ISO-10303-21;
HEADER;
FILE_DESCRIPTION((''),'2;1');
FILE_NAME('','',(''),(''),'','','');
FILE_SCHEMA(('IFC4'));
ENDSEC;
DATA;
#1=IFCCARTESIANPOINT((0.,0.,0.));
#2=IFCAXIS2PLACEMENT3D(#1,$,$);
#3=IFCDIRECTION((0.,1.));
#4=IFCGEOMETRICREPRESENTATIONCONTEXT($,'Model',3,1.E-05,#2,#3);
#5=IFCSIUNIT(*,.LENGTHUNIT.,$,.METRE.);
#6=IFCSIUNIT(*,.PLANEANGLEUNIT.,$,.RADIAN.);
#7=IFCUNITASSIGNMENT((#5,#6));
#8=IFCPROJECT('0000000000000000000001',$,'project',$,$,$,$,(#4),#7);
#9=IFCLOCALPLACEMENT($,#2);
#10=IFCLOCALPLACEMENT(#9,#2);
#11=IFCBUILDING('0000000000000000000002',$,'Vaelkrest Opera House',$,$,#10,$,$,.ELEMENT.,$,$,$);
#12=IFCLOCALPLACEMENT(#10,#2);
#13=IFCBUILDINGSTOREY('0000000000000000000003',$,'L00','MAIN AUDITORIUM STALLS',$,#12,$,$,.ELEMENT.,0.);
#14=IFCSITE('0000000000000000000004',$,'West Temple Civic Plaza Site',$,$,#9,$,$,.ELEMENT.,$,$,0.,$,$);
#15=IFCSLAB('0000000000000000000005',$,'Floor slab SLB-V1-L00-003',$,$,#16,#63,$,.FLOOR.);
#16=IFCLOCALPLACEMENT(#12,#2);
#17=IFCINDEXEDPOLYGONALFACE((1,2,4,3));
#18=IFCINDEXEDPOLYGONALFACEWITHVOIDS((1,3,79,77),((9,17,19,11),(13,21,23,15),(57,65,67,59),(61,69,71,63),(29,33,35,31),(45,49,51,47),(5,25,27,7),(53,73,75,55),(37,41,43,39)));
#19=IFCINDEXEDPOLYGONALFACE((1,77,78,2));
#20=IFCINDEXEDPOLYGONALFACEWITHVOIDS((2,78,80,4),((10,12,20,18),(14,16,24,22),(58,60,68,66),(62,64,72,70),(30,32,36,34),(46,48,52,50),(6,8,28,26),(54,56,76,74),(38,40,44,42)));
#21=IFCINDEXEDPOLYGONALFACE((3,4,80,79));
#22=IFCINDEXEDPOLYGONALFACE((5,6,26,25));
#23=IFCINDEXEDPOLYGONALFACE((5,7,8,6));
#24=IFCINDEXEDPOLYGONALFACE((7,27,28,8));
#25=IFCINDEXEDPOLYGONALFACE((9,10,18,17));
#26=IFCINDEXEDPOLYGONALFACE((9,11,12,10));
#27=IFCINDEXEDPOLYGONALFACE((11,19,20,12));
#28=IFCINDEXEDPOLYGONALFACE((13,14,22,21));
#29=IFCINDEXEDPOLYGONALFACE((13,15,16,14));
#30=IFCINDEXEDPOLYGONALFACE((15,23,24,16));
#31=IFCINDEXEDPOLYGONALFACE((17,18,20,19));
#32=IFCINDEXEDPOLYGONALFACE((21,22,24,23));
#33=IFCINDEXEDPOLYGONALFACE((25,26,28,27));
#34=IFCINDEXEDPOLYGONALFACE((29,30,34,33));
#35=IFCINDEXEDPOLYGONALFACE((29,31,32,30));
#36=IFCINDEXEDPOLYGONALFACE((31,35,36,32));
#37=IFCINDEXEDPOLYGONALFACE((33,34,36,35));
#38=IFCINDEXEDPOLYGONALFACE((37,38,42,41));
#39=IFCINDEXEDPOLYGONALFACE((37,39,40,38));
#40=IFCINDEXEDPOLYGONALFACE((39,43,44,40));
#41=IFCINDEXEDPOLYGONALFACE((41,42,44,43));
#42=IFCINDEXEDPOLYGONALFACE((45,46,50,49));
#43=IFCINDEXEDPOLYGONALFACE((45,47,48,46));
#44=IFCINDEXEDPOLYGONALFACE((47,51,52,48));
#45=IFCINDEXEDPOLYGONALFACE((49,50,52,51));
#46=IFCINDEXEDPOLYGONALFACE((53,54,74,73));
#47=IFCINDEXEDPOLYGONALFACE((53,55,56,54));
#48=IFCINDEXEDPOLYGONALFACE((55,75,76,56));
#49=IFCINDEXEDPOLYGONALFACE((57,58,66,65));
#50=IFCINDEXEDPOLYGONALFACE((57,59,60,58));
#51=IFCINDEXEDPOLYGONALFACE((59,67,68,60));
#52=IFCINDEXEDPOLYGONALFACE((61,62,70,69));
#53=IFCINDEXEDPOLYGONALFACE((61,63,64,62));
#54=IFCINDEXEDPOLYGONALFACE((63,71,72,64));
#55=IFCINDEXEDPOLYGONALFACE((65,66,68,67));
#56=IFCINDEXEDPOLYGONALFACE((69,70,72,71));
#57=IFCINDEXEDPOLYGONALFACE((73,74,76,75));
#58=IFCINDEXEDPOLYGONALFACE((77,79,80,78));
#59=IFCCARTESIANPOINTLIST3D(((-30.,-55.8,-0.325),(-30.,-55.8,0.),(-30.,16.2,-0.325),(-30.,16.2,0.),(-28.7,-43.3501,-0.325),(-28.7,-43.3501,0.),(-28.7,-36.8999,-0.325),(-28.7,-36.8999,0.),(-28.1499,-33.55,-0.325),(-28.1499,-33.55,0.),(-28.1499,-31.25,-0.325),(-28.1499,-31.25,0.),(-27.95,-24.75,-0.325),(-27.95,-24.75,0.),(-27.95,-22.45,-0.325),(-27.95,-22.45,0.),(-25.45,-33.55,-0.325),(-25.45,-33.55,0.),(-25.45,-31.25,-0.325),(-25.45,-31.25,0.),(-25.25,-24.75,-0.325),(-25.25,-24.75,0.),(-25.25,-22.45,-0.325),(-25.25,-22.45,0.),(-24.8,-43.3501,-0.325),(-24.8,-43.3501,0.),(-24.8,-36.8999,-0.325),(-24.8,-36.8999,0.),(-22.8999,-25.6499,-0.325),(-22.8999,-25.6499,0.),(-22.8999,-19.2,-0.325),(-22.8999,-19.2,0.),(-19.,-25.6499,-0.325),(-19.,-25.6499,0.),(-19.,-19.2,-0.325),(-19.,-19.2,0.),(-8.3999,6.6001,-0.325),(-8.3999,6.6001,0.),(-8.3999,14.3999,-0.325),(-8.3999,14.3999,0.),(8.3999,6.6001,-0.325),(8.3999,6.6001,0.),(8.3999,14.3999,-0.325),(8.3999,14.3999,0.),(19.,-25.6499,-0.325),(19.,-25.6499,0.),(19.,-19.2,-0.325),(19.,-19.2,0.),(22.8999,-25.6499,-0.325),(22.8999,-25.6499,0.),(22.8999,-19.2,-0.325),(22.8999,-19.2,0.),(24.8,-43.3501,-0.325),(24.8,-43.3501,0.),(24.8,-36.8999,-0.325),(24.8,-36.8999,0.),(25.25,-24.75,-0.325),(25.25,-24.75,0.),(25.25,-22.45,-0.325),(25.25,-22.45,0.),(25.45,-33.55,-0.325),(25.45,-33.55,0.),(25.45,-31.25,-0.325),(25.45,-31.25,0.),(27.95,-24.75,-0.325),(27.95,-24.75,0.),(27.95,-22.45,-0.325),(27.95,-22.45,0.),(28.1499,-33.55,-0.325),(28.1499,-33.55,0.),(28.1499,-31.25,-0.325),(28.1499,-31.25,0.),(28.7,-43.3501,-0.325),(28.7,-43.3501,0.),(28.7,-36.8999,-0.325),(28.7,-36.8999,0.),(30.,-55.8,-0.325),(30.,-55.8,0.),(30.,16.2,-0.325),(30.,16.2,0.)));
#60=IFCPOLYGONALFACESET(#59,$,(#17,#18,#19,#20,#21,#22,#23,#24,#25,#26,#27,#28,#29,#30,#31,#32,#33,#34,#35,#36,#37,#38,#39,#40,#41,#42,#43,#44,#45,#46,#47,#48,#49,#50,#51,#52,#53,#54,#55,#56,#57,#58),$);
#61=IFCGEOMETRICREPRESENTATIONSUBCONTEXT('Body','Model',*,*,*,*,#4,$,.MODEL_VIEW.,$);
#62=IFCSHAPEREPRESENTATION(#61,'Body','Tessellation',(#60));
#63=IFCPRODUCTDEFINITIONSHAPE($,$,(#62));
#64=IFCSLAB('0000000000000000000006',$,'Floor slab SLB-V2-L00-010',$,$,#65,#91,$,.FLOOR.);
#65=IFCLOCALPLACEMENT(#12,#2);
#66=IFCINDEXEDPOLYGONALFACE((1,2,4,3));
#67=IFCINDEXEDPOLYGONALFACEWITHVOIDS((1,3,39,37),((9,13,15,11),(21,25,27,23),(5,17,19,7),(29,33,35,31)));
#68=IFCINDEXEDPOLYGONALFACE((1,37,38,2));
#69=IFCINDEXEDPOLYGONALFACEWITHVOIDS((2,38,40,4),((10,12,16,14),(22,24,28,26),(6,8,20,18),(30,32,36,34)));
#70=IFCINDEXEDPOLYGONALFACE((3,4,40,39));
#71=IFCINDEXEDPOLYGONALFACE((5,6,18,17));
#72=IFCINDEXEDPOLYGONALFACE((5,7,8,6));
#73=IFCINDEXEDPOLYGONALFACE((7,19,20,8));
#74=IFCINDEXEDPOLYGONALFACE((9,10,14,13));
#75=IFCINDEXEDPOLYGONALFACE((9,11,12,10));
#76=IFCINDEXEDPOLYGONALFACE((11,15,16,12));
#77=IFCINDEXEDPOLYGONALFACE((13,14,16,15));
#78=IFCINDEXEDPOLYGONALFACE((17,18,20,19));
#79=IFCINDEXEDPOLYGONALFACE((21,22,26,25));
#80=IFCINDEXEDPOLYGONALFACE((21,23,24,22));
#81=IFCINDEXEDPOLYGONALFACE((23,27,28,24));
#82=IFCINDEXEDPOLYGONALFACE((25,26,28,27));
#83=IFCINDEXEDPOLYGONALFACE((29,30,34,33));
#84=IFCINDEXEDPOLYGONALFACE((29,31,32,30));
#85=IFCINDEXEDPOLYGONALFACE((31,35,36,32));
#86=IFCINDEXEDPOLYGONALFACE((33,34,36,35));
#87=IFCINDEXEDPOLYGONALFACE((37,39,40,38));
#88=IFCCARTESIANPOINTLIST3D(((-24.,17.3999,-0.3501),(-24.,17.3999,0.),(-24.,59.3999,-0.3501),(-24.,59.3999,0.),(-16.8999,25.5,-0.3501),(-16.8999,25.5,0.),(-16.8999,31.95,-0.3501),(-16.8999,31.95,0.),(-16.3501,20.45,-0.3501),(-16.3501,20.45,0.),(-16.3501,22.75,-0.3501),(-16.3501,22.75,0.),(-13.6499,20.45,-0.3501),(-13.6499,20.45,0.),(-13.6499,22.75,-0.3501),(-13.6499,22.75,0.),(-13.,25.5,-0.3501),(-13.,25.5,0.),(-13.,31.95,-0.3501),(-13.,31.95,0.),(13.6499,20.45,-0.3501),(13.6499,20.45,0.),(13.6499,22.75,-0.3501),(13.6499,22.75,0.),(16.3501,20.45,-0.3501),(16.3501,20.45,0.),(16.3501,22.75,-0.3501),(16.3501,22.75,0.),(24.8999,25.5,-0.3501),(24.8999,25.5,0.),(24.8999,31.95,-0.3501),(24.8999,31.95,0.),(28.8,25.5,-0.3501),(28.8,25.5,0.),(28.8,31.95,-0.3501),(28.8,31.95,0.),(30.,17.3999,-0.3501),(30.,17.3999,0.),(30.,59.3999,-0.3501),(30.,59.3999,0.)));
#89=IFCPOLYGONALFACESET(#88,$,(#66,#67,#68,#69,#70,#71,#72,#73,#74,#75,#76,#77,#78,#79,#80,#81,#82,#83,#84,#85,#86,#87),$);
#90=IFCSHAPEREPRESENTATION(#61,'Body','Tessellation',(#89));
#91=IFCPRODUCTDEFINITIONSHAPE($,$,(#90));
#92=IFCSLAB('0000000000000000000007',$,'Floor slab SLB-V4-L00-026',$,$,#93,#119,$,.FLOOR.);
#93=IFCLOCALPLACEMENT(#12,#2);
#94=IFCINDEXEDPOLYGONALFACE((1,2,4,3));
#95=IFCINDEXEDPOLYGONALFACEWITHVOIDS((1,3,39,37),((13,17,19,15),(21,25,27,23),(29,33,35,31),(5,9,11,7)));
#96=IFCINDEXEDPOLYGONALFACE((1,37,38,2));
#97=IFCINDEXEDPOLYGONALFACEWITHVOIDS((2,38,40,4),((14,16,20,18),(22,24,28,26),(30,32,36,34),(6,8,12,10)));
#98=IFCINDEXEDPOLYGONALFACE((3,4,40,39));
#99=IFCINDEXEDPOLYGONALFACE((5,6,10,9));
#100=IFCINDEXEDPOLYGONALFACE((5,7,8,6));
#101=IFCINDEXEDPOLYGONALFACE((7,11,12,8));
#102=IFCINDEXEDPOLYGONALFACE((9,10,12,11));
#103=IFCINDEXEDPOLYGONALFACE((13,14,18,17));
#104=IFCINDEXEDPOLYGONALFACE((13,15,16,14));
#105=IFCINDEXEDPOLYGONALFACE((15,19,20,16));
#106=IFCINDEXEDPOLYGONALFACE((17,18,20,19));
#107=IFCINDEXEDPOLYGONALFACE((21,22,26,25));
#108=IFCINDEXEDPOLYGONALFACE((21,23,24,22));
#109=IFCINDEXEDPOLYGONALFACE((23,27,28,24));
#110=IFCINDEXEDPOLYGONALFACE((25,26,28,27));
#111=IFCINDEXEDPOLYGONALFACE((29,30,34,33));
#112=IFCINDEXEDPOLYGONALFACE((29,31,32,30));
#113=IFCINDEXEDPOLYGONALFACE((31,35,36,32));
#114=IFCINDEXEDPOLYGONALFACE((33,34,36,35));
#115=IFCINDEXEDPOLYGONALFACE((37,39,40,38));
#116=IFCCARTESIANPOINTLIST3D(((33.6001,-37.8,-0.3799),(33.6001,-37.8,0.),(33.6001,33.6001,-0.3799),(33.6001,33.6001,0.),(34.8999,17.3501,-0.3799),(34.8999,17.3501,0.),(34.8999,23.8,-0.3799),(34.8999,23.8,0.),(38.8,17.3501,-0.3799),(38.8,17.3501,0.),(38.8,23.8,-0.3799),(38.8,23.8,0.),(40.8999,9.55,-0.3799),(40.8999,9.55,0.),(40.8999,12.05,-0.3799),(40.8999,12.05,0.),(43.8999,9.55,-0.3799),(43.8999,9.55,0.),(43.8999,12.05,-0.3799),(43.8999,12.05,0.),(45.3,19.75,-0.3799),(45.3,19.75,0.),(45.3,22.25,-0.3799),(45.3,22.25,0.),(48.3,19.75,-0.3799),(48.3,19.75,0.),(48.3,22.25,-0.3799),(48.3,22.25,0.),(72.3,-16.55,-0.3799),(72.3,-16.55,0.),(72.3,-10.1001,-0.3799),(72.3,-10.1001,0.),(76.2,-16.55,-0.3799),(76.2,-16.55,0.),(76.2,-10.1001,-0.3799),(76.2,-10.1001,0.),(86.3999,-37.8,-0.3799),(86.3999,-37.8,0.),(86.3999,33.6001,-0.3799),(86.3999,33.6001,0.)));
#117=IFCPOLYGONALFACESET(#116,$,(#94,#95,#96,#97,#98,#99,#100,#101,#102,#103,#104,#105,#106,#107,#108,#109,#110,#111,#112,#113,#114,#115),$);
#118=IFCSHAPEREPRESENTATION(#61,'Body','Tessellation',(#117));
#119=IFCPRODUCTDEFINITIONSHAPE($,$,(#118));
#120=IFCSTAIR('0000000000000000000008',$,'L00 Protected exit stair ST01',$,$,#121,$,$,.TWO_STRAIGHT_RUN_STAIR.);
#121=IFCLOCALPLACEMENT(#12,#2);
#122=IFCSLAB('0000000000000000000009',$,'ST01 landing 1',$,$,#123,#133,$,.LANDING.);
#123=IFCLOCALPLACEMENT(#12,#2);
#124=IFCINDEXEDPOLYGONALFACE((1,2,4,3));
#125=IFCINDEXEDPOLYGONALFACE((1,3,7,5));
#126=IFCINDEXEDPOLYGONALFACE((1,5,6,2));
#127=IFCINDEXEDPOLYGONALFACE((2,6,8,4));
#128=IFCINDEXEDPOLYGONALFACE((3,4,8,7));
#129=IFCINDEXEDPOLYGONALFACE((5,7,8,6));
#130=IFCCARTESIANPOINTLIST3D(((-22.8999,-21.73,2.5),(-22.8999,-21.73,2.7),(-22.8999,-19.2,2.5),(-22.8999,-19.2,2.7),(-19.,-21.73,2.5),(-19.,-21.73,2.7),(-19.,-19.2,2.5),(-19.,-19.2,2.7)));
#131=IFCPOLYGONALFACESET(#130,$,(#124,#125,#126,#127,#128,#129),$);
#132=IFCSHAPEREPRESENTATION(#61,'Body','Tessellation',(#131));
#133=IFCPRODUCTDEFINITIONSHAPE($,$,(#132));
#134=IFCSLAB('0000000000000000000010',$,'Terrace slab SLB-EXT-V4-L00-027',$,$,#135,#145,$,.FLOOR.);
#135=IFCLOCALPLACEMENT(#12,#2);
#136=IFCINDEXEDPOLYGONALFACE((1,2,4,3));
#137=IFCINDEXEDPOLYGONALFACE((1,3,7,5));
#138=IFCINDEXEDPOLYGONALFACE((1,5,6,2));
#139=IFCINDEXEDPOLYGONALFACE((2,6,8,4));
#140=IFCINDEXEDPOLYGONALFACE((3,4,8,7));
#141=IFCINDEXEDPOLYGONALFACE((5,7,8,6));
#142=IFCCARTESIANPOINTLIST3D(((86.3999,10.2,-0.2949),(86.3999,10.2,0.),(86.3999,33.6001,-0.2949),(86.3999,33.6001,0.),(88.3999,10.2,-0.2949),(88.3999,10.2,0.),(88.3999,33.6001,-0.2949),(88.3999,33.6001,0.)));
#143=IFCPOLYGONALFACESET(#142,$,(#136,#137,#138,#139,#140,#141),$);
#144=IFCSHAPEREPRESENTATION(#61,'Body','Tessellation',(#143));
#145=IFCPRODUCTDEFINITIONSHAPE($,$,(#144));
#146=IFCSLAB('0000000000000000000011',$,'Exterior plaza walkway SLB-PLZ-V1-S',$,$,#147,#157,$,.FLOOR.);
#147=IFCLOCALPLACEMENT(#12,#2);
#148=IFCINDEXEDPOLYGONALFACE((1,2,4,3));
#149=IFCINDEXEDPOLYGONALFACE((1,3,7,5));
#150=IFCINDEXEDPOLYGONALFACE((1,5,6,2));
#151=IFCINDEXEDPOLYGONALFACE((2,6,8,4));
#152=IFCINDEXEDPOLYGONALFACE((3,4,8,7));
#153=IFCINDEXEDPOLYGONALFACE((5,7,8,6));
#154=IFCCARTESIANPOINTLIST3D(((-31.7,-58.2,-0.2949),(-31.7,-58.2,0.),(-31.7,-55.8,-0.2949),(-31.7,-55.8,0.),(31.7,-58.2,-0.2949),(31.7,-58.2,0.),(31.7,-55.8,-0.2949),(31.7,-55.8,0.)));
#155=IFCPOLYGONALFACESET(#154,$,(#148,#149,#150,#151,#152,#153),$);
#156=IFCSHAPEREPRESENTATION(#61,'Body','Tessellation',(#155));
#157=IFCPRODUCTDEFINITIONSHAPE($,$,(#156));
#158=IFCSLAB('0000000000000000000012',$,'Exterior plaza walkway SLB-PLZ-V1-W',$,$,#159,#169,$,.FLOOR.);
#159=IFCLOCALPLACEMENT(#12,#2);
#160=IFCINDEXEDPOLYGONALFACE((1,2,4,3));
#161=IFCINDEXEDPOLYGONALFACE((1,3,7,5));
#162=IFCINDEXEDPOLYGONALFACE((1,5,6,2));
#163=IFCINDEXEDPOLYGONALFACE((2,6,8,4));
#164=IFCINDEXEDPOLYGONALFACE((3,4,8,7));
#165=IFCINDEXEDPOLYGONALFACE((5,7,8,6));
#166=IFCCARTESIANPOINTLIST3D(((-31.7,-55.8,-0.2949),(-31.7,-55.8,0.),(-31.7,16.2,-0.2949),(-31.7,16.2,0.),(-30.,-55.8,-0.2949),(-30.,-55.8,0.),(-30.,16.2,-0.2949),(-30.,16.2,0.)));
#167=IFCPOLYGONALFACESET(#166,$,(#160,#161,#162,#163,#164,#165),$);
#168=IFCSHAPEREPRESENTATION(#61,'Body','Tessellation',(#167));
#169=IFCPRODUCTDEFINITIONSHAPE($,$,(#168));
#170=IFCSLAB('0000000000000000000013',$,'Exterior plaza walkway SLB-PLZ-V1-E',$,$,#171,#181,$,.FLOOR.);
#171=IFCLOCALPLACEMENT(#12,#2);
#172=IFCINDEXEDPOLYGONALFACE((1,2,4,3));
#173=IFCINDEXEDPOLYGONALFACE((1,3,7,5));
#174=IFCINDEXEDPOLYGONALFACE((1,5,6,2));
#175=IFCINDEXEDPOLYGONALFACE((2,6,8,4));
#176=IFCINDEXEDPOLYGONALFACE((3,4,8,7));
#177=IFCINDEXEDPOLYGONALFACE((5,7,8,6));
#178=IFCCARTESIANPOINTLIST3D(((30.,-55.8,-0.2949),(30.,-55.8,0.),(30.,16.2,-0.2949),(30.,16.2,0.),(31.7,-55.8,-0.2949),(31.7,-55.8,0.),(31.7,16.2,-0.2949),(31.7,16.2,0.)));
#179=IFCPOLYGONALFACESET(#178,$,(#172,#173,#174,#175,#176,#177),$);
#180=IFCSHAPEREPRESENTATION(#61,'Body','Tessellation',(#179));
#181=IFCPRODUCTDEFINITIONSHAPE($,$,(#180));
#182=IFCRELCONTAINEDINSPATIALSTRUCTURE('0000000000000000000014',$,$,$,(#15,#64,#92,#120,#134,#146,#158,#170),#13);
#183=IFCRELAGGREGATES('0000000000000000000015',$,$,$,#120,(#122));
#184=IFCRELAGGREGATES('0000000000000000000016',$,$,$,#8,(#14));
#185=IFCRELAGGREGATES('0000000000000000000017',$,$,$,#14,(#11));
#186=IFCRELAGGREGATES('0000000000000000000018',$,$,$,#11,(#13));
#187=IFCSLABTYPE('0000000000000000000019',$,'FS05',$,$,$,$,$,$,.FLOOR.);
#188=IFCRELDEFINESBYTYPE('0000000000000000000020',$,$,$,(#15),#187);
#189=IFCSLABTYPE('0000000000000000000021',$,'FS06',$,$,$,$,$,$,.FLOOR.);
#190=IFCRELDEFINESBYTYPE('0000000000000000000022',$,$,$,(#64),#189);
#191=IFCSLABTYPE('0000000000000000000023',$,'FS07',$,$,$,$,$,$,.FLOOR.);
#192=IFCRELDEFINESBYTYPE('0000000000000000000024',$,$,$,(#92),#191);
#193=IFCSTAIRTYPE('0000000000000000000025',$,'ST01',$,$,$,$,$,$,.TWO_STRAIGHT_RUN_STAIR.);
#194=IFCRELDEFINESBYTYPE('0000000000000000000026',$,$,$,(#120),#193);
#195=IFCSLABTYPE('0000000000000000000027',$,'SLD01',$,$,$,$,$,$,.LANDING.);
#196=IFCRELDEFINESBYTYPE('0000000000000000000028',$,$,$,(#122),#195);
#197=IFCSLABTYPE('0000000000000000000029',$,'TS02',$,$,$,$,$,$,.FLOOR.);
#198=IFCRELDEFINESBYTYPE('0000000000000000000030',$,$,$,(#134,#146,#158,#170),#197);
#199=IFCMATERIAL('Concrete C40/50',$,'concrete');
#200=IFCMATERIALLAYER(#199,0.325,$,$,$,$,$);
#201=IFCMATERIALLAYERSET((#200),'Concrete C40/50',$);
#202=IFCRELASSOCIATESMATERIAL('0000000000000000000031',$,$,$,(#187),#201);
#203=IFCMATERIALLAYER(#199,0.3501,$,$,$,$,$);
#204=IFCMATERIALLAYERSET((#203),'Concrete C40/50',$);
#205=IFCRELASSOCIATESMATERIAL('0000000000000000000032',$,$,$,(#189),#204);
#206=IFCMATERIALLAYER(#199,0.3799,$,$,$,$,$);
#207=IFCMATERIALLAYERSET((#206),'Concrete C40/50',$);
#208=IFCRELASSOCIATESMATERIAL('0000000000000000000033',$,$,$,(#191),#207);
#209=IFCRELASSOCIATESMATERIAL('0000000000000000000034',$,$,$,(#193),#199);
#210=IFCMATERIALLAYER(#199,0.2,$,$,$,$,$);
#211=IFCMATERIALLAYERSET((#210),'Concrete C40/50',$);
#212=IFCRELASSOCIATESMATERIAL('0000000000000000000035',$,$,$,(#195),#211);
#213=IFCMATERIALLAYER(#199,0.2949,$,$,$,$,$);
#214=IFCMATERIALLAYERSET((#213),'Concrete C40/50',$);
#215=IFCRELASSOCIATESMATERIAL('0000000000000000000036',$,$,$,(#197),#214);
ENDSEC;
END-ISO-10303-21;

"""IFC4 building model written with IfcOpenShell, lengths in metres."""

from ifc_helpers import new_model, si_unit, direction, frame, origin, place, context, subcontext, project, spatial, polyline, outline, extrude, material, layer, layer_set, type_object, element, aggregate, save


model = new_model("IFC4")

# Units and contexts
model_context = context("Model", 3, precision=1e-05, world=origin(), true_north=direction((0.0, 1.0)))
body_context = subcontext(model_context, "Body", "Model", "MODEL_VIEW")
ifc_project = project(units=[si_unit("LENGTHUNIT", "METRE"), si_unit("PLANEANGLEUNIT", "RADIAN")], contexts=[model_context])

# Site, building, storey
site_placement = place(None, origin())
site = spatial("IfcSite", under=ifc_project, at=site_placement, Name="West Temple Civic Plaza Site", CompositionType="ELEMENT", RefElevation=0.0)
building_placement = place(site_placement, origin())
building = spatial("IfcBuilding", under=site, at=building_placement, Name="Vaelkrest Opera House", CompositionType="ELEMENT")
storey_placement = place(building_placement, origin())
storey = spatial("IfcBuildingStorey", under=building, at=storey_placement, Name="L00", Description="MAIN AUDITORIUM STALLS", CompositionType="ELEMENT", Elevation=0.0)

# Slabs
ifc_material_1 = material(Name="Concrete C40/50", Category="concrete")
ifc_layer_1 = layer(ifc_material_1, 0.325)
ifc_layer_set_1 = layer_set([ifc_layer_1], Name="Concrete C40/50")
slab_type_1 = type_object("IfcSlabType", Name="FS05", PredefinedType="FLOOR", material=ifc_layer_set_1)
slab_1_placement = place(storey_placement, frame((0.0, 0.0, -0.325)))
element("IfcSlab", 1, at=slab_1_placement, inside=storey, type_object=slab_type_1, Name="Floor slab SLB-V1-L00-003", PredefinedType="FLOOR", context=body_context, shape_type="SweptSolid", body=[
    extrude(outline(polyline([(-30.0, -55.8), (30.0, -55.8), (30.0, 16.2), (-30.0, 16.2), (-30.0, -55.8)]), holes=[polyline([(-8.3999, 6.6001), (8.3999, 6.6001), (8.3999, 14.3999), (-8.3999, 14.3999), (-8.3999, 6.6001)]), polyline([(-19.0, -25.6499), (-19.0, -19.2), (-22.8999, -19.2), (-22.8999, -25.6499), (-19.0, -25.6499)]), polyline([(22.8999, -25.6499), (22.8999, -19.2), (19.0, -19.2), (19.0, -25.6499), (22.8999, -25.6499)]), polyline([(-24.8, -43.3501), (-24.8, -36.8999), (-28.7, -36.8999), (-28.7, -43.3501), (-24.8, -43.3501)]), polyline([(28.7, -43.3501), (28.7, -36.8999), (24.8, -36.8999), (24.8, -43.3501), (28.7, -43.3501)]), polyline([(-27.95, -24.75), (-25.25, -24.75), (-25.25, -22.45), (-27.95, -22.45), (-27.95, -24.75)]), polyline([(25.25, -24.75), (27.95, -24.75), (27.95, -22.45), (25.25, -22.45), (25.25, -24.75)]), polyline([(-28.1499, -33.55), (-25.45, -33.55), (-25.45, -31.25), (-28.1499, -31.25), (-28.1499, -33.55)]), polyline([(25.45, -33.55), (28.1499, -33.55), (28.1499, -31.25), (25.45, -31.25), (25.45, -33.55)])]), origin(), (0.0, 0.0, 1.0), 0.325),
])
ifc_layer_2 = layer(ifc_material_1, 0.3501)
ifc_layer_set_2 = layer_set([ifc_layer_2], Name="Concrete C40/50")
slab_type_2 = type_object("IfcSlabType", Name="FS06", PredefinedType="FLOOR", material=ifc_layer_set_2)
slab_2_placement = place(storey_placement, frame((0.0, 0.0, -0.3501)))
element("IfcSlab", 2, at=slab_2_placement, inside=storey, type_object=slab_type_2, Name="Floor slab SLB-V2-L00-010", PredefinedType="FLOOR", context=body_context, shape_type="SweptSolid", body=[
    extrude(outline(polyline([(-24.0, 17.3999), (30.0, 17.3999), (30.0, 59.3999), (-24.0, 59.3999), (-24.0, 17.3999)]), holes=[polyline([(-16.8999, 31.95), (-16.8999, 25.5), (-13.0, 25.5), (-13.0, 31.95), (-16.8999, 31.95)]), polyline([(24.8999, 31.95), (24.8999, 25.5), (28.8, 25.5), (28.8, 31.95), (24.8999, 31.95)]), polyline([(-16.3501, 20.45), (-13.6499, 20.45), (-13.6499, 22.75), (-16.3501, 22.75), (-16.3501, 20.45)]), polyline([(13.6499, 20.45), (16.3501, 20.45), (16.3501, 22.75), (13.6499, 22.75), (13.6499, 20.45)])]), origin(), (0.0, 0.0, 1.0), 0.3501),
])
ifc_layer_3 = layer(ifc_material_1, 0.3799)
ifc_layer_set_3 = layer_set([ifc_layer_3], Name="Concrete C40/50")
slab_type_3 = type_object("IfcSlabType", Name="FS07", PredefinedType="FLOOR", material=ifc_layer_set_3)
slab_3_placement = place(storey_placement, frame((0.0, 0.0, -0.3799)))
element("IfcSlab", 3, at=slab_3_placement, inside=storey, type_object=slab_type_3, Name="Floor slab SLB-V4-L00-026", PredefinedType="FLOOR", context=body_context, shape_type="SweptSolid", body=[
    extrude(outline(polyline([(33.6001, -37.8), (86.3999, -37.8), (86.3999, 33.6001), (33.6001, 33.6001), (33.6001, -37.8)]), holes=[polyline([(38.8, 17.3501), (38.8, 23.8), (34.8999, 23.8), (34.8999, 17.3501), (38.8, 17.3501)]), polyline([(76.2, -16.55), (76.2, -10.1001), (72.3, -10.1001), (72.3, -16.55), (76.2, -16.55)]), polyline([(40.8999, 9.55), (43.8999, 9.55), (43.8999, 12.05), (40.8999, 12.05), (40.8999, 9.55)]), polyline([(45.3, 19.75), (48.3, 19.75), (48.3, 22.25), (45.3, 22.25), (45.3, 19.75)])]), origin(), (0.0, 0.0, 1.0), 0.3799),
])

# Stair, slab
stair_type = type_object("IfcStairType", Name="ST01", PredefinedType="TWO_STRAIGHT_RUN_STAIR", material=ifc_material_1)
stair_placement = place(storey_placement, origin())
stair = element("IfcStair", 4, at=stair_placement, inside=storey, type_object=stair_type, Name="L00 Protected exit stair ST01", PredefinedType="TWO_STRAIGHT_RUN_STAIR")
ifc_layer_4 = layer(ifc_material_1, 0.2)
ifc_layer_set_4 = layer_set([ifc_layer_4], Name="Concrete C40/50")
slab_type_4 = type_object("IfcSlabType", Name="SLD01", PredefinedType="LANDING", material=ifc_layer_set_4)
slab_4_placement = place(storey_placement, frame((0.0, 0.0, 2.5)))
slab_4 = element("IfcSlab", 5, at=slab_4_placement, type_object=slab_type_4, Name="ST01 landing 1", PredefinedType="LANDING", context=body_context, shape_type="SweptSolid", body=[
    extrude(outline(polyline([(-19.0, -21.73), (-19.0, -19.2), (-22.8999, -19.2), (-22.8999, -21.73), (-19.0, -21.73)])), origin(), (0.0, 0.0, 1.0), 0.2),
])
aggregate(stair, [slab_4])

# Slabs
ifc_layer_5 = layer(ifc_material_1, 0.2949)
ifc_layer_set_5 = layer_set([ifc_layer_5], Name="Concrete C40/50")
slab_type_5 = type_object("IfcSlabType", Name="TS02", PredefinedType="FLOOR", material=ifc_layer_set_5)
slab_5_placement = place(storey_placement, frame((0.0, 0.0, -0.2949)))
element("IfcSlab", 6, at=slab_5_placement, inside=storey, type_object=slab_type_5, Name="Terrace slab SLB-EXT-V4-L00-027", PredefinedType="FLOOR", context=body_context, shape_type="SweptSolid", body=[
    extrude(outline(polyline([(86.3999, 10.2), (88.3999, 10.2), (88.3999, 33.6001), (86.3999, 33.6001), (86.3999, 10.2)])), origin(), (0.0, 0.0, 1.0), 0.2949),
])
slab_6_placement = place(storey_placement, frame((0.0, 0.0, -0.2949)))
element("IfcSlab", 7, at=slab_6_placement, inside=storey, type_object=slab_type_5, Name="Exterior plaza walkway SLB-PLZ-V1-S", PredefinedType="FLOOR", context=body_context, shape_type="SweptSolid", body=[
    extrude(outline(polyline([(-31.7, -58.2), (31.7, -58.2), (31.7, -55.8), (-31.7, -55.8), (-31.7, -58.2)])), origin(), (0.0, 0.0, 1.0), 0.2949),
])
slab_7_placement = place(storey_placement, frame((0.0, 0.0, -0.2949)))
element("IfcSlab", 8, at=slab_7_placement, inside=storey, type_object=slab_type_5, Name="Exterior plaza walkway SLB-PLZ-V1-W", PredefinedType="FLOOR", context=body_context, shape_type="SweptSolid", body=[
    extrude(outline(polyline([(-31.7, -55.8), (-30.0, -55.8), (-30.0, 16.2), (-31.7, 16.2), (-31.7, -55.8)])), origin(), (0.0, 0.0, 1.0), 0.2949),
])
slab_8_placement = place(storey_placement, frame((0.0, 0.0, -0.2949)))
element("IfcSlab", 9, at=slab_8_placement, inside=storey, type_object=slab_type_5, Name="Exterior plaza walkway SLB-PLZ-V1-E", PredefinedType="FLOOR", context=body_context, shape_type="SweptSolid", body=[
    extrude(outline(polyline([(30.0, -55.8), (31.7, -55.8), (31.7, 16.2), (30.0, 16.2), (30.0, -55.8)])), origin(), (0.0, 0.0, 1.0), 0.2949),
])

save(model, "model.ifc")
